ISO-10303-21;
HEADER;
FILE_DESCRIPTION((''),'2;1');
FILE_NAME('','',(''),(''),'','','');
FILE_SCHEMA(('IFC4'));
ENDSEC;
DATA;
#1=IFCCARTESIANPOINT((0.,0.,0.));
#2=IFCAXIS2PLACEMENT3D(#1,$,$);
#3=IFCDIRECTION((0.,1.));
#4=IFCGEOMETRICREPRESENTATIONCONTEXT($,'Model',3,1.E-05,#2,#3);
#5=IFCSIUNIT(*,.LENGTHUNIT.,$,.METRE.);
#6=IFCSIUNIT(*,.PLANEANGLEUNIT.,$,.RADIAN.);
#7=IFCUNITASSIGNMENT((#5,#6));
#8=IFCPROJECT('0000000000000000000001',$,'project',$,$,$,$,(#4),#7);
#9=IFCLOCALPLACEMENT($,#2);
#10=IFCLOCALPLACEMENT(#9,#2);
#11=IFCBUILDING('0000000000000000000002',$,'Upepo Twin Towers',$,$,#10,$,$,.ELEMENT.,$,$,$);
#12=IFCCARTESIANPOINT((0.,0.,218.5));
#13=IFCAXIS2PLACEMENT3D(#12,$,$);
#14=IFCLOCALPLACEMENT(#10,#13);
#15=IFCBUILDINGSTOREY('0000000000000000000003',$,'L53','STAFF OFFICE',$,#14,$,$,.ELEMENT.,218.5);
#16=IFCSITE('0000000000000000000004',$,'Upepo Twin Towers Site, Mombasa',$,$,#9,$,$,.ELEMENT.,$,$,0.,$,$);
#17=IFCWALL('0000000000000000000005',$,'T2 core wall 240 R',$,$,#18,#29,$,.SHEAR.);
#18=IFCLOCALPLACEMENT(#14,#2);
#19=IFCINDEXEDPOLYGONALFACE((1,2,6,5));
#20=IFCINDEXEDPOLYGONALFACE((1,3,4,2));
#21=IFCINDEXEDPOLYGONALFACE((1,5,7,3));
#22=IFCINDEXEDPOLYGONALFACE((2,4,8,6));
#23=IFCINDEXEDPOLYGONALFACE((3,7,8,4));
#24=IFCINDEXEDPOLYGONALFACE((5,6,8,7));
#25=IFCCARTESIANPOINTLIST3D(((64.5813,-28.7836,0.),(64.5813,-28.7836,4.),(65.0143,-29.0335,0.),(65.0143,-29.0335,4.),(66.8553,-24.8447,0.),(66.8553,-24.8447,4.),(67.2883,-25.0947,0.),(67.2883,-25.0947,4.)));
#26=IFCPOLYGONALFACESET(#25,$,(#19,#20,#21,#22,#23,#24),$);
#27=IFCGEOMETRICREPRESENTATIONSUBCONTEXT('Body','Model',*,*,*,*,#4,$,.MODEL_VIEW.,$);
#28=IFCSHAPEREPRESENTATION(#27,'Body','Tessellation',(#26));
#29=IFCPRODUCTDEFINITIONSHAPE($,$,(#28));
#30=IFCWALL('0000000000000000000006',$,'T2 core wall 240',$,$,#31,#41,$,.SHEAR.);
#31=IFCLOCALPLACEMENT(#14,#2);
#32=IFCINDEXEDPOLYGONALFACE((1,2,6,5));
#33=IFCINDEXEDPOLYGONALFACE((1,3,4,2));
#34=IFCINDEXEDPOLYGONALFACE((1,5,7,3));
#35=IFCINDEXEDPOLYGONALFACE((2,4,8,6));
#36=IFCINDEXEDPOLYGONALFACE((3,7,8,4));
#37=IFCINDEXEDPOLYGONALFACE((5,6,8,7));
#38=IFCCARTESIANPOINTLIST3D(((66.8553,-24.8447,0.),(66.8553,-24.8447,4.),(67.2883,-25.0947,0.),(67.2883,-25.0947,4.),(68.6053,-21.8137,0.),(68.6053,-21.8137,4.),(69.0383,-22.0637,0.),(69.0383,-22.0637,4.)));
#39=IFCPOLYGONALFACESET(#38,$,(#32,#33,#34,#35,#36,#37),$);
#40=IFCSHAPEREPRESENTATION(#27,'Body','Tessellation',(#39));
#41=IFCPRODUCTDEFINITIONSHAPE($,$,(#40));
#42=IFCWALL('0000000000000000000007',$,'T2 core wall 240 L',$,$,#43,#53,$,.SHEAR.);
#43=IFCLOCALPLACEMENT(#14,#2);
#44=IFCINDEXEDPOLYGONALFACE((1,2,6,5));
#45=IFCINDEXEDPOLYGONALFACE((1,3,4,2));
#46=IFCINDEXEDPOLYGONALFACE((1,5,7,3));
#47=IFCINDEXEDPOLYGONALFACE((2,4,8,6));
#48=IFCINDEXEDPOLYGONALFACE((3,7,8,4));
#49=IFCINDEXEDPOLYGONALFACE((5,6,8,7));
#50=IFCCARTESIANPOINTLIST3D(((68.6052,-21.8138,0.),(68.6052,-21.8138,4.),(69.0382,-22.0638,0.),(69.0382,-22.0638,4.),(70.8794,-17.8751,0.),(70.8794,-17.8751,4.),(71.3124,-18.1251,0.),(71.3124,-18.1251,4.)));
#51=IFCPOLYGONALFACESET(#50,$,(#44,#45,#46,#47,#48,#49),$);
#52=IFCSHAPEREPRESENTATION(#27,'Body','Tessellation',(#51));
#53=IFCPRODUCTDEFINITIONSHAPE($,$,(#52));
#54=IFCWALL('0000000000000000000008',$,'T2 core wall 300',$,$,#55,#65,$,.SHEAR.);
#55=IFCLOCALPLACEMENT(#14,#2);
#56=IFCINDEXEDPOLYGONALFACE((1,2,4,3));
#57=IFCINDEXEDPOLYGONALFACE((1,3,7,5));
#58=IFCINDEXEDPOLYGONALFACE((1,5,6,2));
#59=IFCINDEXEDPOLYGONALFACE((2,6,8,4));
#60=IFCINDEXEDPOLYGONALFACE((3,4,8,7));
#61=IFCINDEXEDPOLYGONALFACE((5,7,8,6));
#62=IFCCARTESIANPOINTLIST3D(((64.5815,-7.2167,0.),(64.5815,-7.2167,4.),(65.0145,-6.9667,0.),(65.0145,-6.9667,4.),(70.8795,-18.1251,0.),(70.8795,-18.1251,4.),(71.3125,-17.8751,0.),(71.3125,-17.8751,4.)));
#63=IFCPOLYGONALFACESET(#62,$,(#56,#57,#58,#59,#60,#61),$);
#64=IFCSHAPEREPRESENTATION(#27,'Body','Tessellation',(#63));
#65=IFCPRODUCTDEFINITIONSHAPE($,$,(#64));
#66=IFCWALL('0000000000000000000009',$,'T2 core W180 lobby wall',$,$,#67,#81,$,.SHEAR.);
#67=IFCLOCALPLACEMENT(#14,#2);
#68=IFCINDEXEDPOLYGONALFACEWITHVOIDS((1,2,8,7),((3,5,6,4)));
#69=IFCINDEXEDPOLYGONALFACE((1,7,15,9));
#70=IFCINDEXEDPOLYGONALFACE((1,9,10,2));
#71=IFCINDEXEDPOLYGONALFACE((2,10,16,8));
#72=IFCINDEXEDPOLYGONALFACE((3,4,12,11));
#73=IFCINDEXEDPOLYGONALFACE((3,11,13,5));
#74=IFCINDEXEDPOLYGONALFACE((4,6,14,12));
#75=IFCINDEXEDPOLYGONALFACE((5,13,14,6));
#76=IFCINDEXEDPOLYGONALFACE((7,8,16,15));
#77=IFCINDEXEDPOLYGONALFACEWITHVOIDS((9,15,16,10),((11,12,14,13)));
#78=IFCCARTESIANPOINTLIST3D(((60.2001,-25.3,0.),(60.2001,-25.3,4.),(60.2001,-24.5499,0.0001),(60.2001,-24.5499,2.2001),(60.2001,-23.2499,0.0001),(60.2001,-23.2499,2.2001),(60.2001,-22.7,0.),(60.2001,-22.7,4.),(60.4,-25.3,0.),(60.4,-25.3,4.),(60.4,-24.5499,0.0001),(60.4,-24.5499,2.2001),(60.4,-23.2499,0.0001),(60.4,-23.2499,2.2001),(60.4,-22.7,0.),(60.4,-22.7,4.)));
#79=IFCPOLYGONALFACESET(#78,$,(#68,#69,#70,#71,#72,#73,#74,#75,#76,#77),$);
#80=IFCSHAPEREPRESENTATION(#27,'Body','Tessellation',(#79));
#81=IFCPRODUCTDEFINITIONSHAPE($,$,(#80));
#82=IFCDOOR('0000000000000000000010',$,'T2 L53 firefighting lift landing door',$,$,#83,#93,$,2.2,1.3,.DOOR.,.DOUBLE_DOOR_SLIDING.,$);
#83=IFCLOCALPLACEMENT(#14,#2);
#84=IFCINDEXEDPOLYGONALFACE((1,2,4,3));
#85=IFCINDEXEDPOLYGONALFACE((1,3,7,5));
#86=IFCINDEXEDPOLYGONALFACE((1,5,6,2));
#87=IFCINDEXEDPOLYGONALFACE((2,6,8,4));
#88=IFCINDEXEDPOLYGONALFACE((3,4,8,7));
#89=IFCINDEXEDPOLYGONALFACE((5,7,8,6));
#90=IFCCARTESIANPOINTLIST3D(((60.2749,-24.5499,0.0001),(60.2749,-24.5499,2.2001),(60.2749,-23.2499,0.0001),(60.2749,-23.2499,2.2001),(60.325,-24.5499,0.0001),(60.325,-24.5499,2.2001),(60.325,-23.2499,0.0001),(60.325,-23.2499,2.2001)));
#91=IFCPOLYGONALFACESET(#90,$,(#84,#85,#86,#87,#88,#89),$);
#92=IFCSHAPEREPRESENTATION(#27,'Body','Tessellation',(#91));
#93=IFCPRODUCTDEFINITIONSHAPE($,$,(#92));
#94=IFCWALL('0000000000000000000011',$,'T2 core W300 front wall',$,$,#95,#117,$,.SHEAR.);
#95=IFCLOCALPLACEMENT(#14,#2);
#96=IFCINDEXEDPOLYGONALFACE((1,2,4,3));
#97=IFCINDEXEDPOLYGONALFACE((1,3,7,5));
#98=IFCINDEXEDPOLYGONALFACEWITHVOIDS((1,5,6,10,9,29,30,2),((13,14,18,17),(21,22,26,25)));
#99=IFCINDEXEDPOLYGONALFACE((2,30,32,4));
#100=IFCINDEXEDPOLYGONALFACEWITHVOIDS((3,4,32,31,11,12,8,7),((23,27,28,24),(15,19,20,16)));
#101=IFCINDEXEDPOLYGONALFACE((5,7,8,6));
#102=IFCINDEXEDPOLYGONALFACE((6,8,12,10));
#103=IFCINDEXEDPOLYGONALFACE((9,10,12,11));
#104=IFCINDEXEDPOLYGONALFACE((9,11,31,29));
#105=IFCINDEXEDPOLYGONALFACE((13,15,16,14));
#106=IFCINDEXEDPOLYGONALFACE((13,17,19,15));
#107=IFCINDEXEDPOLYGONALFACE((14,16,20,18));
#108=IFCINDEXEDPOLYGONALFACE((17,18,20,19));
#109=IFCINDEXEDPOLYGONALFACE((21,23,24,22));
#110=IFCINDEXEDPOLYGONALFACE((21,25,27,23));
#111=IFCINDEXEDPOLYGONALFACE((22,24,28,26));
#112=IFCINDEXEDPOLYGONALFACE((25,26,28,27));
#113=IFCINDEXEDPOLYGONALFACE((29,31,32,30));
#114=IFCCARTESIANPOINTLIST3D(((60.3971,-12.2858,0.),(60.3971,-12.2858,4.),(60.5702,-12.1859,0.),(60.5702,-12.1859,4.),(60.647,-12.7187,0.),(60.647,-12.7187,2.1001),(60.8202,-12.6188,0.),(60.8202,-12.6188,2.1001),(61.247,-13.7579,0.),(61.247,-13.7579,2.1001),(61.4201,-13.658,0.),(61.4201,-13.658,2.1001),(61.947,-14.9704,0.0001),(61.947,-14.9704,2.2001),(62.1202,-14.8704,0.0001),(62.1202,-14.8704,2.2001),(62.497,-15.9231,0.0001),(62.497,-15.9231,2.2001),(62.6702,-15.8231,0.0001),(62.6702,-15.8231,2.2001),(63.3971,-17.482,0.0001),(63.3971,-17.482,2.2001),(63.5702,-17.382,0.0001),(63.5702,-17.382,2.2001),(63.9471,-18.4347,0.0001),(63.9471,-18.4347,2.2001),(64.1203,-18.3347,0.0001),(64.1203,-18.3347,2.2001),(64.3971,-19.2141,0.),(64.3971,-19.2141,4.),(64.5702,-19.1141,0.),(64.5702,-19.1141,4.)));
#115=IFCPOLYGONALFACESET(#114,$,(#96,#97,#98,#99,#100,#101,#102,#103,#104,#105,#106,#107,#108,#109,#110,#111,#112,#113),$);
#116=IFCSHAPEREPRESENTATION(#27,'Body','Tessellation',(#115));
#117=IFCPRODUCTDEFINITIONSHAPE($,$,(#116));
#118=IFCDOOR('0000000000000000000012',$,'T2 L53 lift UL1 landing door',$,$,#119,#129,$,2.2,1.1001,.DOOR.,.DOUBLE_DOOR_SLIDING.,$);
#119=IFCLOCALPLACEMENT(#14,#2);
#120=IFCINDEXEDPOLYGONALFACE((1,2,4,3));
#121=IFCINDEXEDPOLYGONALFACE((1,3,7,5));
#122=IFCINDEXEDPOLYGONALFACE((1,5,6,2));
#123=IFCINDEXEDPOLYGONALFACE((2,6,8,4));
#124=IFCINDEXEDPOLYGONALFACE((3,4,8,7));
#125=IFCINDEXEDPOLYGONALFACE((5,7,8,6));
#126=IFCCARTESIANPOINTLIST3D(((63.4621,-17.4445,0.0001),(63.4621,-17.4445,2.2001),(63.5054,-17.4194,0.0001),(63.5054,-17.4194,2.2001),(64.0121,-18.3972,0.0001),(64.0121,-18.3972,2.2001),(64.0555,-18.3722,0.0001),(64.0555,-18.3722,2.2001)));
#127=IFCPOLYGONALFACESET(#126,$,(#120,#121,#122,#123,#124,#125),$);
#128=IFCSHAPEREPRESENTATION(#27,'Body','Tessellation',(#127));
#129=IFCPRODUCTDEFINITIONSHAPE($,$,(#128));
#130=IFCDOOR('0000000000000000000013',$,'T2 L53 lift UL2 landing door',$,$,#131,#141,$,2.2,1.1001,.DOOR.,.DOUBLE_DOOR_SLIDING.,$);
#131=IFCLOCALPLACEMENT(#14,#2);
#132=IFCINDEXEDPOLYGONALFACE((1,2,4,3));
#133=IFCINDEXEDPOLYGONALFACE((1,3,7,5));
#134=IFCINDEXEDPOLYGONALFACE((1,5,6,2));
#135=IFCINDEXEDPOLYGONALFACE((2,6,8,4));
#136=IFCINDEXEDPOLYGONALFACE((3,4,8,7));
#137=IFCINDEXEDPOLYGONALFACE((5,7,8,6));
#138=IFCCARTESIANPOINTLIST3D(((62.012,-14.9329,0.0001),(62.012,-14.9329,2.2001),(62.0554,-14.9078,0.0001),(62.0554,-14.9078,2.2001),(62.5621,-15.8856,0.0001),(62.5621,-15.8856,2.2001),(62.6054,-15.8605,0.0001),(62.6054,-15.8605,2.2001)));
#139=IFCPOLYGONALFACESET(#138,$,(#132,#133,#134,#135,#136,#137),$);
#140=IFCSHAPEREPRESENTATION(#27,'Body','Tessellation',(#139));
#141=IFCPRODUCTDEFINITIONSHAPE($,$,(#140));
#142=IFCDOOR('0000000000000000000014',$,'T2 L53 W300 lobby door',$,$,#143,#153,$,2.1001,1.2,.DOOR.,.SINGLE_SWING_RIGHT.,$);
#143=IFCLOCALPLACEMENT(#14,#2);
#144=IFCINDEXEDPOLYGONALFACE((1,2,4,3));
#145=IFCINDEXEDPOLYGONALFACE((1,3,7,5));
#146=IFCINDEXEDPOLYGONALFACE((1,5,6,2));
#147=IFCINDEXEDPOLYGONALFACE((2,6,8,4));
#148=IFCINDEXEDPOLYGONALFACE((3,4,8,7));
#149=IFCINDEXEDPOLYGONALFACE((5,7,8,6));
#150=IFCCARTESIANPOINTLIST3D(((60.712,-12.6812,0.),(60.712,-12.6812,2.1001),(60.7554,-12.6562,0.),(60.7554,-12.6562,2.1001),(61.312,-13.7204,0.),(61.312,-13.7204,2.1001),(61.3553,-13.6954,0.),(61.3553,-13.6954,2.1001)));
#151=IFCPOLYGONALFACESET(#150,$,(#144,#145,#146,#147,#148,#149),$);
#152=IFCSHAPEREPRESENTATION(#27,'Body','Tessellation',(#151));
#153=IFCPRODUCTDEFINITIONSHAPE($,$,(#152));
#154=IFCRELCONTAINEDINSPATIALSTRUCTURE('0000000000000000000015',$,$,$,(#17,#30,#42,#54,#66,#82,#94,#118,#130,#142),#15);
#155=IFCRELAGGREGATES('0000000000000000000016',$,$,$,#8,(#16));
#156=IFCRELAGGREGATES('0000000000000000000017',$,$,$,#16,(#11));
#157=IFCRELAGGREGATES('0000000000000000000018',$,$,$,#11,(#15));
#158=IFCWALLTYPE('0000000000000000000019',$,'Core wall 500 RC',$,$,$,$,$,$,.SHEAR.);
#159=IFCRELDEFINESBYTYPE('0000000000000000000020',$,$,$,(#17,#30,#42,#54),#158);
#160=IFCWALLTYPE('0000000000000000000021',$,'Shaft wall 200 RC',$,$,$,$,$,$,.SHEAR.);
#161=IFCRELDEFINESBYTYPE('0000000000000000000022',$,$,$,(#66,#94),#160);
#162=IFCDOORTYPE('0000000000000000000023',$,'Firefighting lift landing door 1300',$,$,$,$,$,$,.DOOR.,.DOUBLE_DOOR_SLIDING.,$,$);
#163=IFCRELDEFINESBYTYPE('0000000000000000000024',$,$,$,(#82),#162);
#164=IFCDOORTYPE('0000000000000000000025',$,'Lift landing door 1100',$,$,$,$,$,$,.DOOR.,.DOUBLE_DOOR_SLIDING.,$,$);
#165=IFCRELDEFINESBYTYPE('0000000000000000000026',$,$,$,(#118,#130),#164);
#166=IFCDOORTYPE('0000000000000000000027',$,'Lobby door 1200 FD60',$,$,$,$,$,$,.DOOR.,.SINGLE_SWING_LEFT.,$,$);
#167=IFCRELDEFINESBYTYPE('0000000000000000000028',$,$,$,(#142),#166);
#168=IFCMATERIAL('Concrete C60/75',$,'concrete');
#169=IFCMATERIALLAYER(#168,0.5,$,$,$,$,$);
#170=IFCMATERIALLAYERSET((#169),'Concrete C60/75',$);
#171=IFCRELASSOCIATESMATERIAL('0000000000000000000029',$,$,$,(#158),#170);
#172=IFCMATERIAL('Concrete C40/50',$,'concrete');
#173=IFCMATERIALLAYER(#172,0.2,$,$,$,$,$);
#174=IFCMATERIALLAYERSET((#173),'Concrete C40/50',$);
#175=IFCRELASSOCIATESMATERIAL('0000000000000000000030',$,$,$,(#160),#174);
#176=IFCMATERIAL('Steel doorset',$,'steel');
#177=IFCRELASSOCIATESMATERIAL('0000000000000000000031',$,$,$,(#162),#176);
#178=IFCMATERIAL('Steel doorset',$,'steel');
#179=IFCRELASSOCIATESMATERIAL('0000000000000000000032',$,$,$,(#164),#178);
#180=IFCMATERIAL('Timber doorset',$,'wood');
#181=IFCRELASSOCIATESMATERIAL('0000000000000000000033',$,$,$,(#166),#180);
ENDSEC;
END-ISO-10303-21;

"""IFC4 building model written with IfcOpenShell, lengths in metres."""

from ifc_helpers import new_model, si_unit, direction, frame, frame_2d, origin, place, context, subcontext, project, spatial, rectangle, extrude, material, layer, layer_set, type_object, element, fill, save


model = new_model("IFC4")

# Units and contexts
model_context = context("Model", 3, precision=1e-05, world=origin(), true_north=direction((0.0, 1.0)))
body_context = subcontext(model_context, "Body", "Model", "MODEL_VIEW")
ifc_project = project(units=[si_unit("LENGTHUNIT", "METRE"), si_unit("PLANEANGLEUNIT", "RADIAN")], contexts=[model_context])

# Site, building, storey
site_placement = place(None, origin())
site = spatial("IfcSite", under=ifc_project, at=site_placement, Name="Upepo Twin Towers Site, Mombasa", CompositionType="ELEMENT", RefElevation=0.0)
building_placement = place(site_placement, origin())
building = spatial("IfcBuilding", under=site, at=building_placement, Name="Upepo Twin Towers", CompositionType="ELEMENT")
storey_placement = place(building_placement, frame((0.0, 0.0, 218.5)))
storey = spatial("IfcBuildingStorey", under=building, at=storey_placement, Name="L53", Description="STAFF OFFICE", CompositionType="ELEMENT", Elevation=218.5)

# Walls
ifc_material_1 = material(Name="Concrete C60/75", Category="concrete")
ifc_layer_1 = layer(ifc_material_1, 0.5)
ifc_layer_set_1 = layer_set([ifc_layer_1], Name="Concrete C60/75")
wall_type_1 = type_object("IfcWallType", Name="Core wall 500 RC", PredefinedType="SHEAR", material=ifc_layer_set_1)
wall_1_placement = place(storey_placement, frame((64.7979, -28.9084, 0.0), z_axis=(0.0, 0.0, 1.0), x_axis=(0.499984, 0.866035, 0.0)))
element("IfcWall", 1, at=wall_1_placement, inside=storey, type_object=wall_type_1, Name="T2 core wall 240 R", PredefinedType="SHEAR", context=body_context, shape_type="SweptSolid", body=[
    extrude(rectangle(XDim=4.5481, YDim=0.5, at=frame_2d((2.2739, 0.0))), origin(), (0.0, 0.0, 1.0), 4.0),
])
wall_2_placement = place(storey_placement, frame((67.0718, -24.9697, 0.0), z_axis=(0.0, 0.0, 1.0), x_axis=(0.50001, 0.866019, 0.0)))
element("IfcWall", 2, at=wall_2_placement, inside=storey, type_object=wall_type_1, Name="T2 core wall 240", PredefinedType="SHEAR", context=body_context, shape_type="SweptSolid", body=[
    extrude(rectangle(XDim=3.5, YDim=0.5, at=frame_2d((1.75, 0.0))), origin(), (0.0, 0.0, 1.0), 4.0),
])
wall_3_placement = place(storey_placement, frame((68.8218, -21.9387, 0.0), z_axis=(0.0, 0.0, 1.0), x_axis=(0.500024, 0.866011, 0.0)))
element("IfcWall", 3, at=wall_3_placement, inside=storey, type_object=wall_type_1, Name="T2 core wall 240 L", PredefinedType="SHEAR", context=body_context, shape_type="SweptSolid", body=[
    extrude(rectangle(XDim=4.5481, YDim=0.5, at=frame_2d((2.2739, 0.0))), origin(), (0.0, 0.0, 1.0), 4.0),
])
wall_4_placement = place(storey_placement, frame((71.0959, -18.0, 0.0), z_axis=(0.0, 0.0, 1.0), x_axis=(-0.500006, 0.866022, 0.0)))
element("IfcWall", 4, at=wall_4_placement, inside=storey, type_object=wall_type_1, Name="T2 core wall 300", PredefinedType="SHEAR", context=body_context, shape_type="SweptSolid", body=[
    extrude(rectangle(XDim=12.5959, YDim=0.5, at=frame_2d((6.2979, 0.0))), origin(), (0.0, 0.0, 1.0), 4.0),
])

# Wall, opening, door
ifc_material_2 = material(Name="Concrete C40/50", Category="concrete")
ifc_layer_2 = layer(ifc_material_2, 0.2)
ifc_layer_set_2 = layer_set([ifc_layer_2], Name="Concrete C40/50")
wall_type_2 = type_object("IfcWallType", Name="Shaft wall 200 RC", PredefinedType="SHEAR", material=ifc_layer_set_2)
wall_5_placement = place(storey_placement, frame((60.3, -22.7, 0.0), z_axis=(0.0, 0.0, 1.0), x_axis=(0.0, -1.0, 0.0)))
wall_5 = element("IfcWall", 5, at=wall_5_placement, inside=storey, type_object=wall_type_2, Name="T2 core W180 lobby wall", PredefinedType="SHEAR", context=body_context, shape_type="SweptSolid", body=[
    extrude(rectangle(XDim=2.6001, YDim=0.2, at=frame_2d((1.3, 0.0))), origin(), (0.0, 0.0, 1.0), 4.0),
])
opening_1_placement = place(wall_5_placement, frame((0.55, 0.0, 0.0)))
opening_1 = element("IfcOpeningElement", 6, at=opening_1_placement, cuts=wall_5, PredefinedType="OPENING", context=body_context, shape_type="SweptSolid", body=[
    extrude(rectangle(XDim=1.3, YDim=2.2, at=frame_2d((0.6499, 1.1001))), frame((0.0, 0.1099, 0.0), z_axis=(0.0, -1.0, 0.0), x_axis=(1.0, 0.0, 0.0)), (0.0, 0.0, 1.0), 0.22),
])
ifc_material_3 = material(Name="Steel doorset", Category="steel")
door_type_1 = type_object("IfcDoorType", Name="Firefighting lift landing door 1300", OperationType="DOUBLE_DOOR_SLIDING", PredefinedType="DOOR", material=ifc_material_3)
door_1_placement = place(opening_1_placement, origin())
door_1 = element("IfcDoor", 7, at=door_1_placement, inside=storey, type_object=door_type_1, Name="T2 L53 firefighting lift landing door", OperationType="DOUBLE_DOOR_SLIDING", OverallHeight=2.2, OverallWidth=1.3, PredefinedType="DOOR", context=body_context, shape_type="SweptSolid", body=[
    extrude(rectangle(XDim=1.3, YDim=2.2, at=frame_2d((0.6499, 1.1001))), frame((0.0, 0.0249, 0.0), z_axis=(0.0, -1.0, 0.0), x_axis=(1.0, 0.0, 0.0)), (0.0, 0.0, 1.0), 0.05),
])
fill(opening_1, door_1)

# Wall, openings, doors
wall_6_placement = place(storey_placement, frame((64.4836, -19.1641, 0.0), z_axis=(0.0, 0.0, 1.0), x_axis=(-0.499999, 0.866026, 0.0)))
wall_6 = element("IfcWall", 8, at=wall_6_placement, inside=storey, type_object=wall_type_2, Name="T2 core W300 front wall", PredefinedType="SHEAR", context=body_context, shape_type="SweptSolid", body=[
    extrude(rectangle(XDim=8.0, YDim=0.2, at=frame_2d((4.0, 0.0))), origin(), (0.0, 0.0, 1.0), 4.0),
])
opening_2_placement = place(wall_6_placement, frame((6.3, 0.0, 0.0)))
opening_2 = element("IfcOpeningElement", 9, at=opening_2_placement, cuts=wall_6, PredefinedType="OPENING", context=body_context, shape_type="SweptSolid", body=[
    extrude(rectangle(XDim=1.2, YDim=2.1001, at=frame_2d((0.6001, 1.05))), frame((0.0, 0.1099, 0.0), z_axis=(0.0, -1.0, 0.0), x_axis=(1.0, 0.0, 0.0)), (0.0, 0.0, 1.0), 0.22),
])
opening_3_placement = place(wall_6_placement, frame((0.8999, 0.0, 0.0)))
opening_3 = element("IfcOpeningElement", 10, at=opening_3_placement, cuts=wall_6, PredefinedType="OPENING", context=body_context, shape_type="SweptSolid", body=[
    extrude(rectangle(XDim=1.1001, YDim=2.2, at=frame_2d((0.55, 1.1001))), frame((0.0, 0.1099, 0.0), z_axis=(0.0, -1.0, 0.0), x_axis=(1.0, 0.0, 0.0)), (0.0, 0.0, 1.0), 0.22),
])
opening_4_placement = place(wall_6_placement, frame((3.8, 0.0, 0.0)))
opening_4 = element("IfcOpeningElement", 11, at=opening_4_placement, cuts=wall_6, PredefinedType="OPENING", context=body_context, shape_type="SweptSolid", body=[
    extrude(rectangle(XDim=1.1001, YDim=2.2, at=frame_2d((0.55, 1.1001))), frame((0.0, 0.1099, 0.0), z_axis=(0.0, -1.0, 0.0), x_axis=(1.0, 0.0, 0.0)), (0.0, 0.0, 1.0), 0.22),
])
ifc_material_4 = material(Name="Steel doorset", Category="steel")
door_type_2 = type_object("IfcDoorType", Name="Lift landing door 1100", OperationType="DOUBLE_DOOR_SLIDING", PredefinedType="DOOR", material=ifc_material_4)
door_2_placement = place(opening_3_placement, origin())
door_2 = element("IfcDoor", 12, at=door_2_placement, inside=storey, type_object=door_type_2, Name="T2 L53 lift UL1 landing door", OperationType="DOUBLE_DOOR_SLIDING", OverallHeight=2.2, OverallWidth=1.1001, PredefinedType="DOOR", context=body_context, shape_type="SweptSolid", body=[
    extrude(rectangle(XDim=1.1001, YDim=2.2, at=frame_2d((0.55, 1.1001))), frame((0.0, 0.0249, 0.0), z_axis=(0.0, -1.0, 0.0), x_axis=(1.0, 0.0, 0.0)), (0.0, 0.0, 1.0), 0.05),
])
fill(opening_3, door_2)
door_3_placement = place(opening_4_placement, origin())
door_3 = element("IfcDoor", 13, at=door_3_placement, inside=storey, type_object=door_type_2, Name="T2 L53 lift UL2 landing door", OperationType="DOUBLE_DOOR_SLIDING", OverallHeight=2.2, OverallWidth=1.1001, PredefinedType="DOOR", context=body_context, shape_type="SweptSolid", body=[
    extrude(rectangle(XDim=1.1001, YDim=2.2, at=frame_2d((0.55, 1.1001))), frame((0.0, 0.0249, 0.0), z_axis=(0.0, -1.0, 0.0), x_axis=(1.0, 0.0, 0.0)), (0.0, 0.0, 1.0), 0.05),
])
fill(opening_4, door_3)
ifc_material_5 = material(Name="Timber doorset", Category="wood")
door_type_3 = type_object("IfcDoorType", Name="Lobby door 1200 FD60", OperationType="SINGLE_SWING_LEFT", PredefinedType="DOOR", material=ifc_material_5)
door_4_placement = place(opening_2_placement, origin())
door_4 = element("IfcDoor", 14, at=door_4_placement, inside=storey, type_object=door_type_3, Name="T2 L53 W300 lobby door", OperationType="SINGLE_SWING_RIGHT", OverallHeight=2.1001, OverallWidth=1.2, PredefinedType="DOOR", context=body_context, shape_type="SweptSolid", body=[
    extrude(rectangle(XDim=1.2, YDim=2.1001, at=frame_2d((0.6001, 1.05))), frame((0.0, 0.0249, 0.0), z_axis=(0.0, -1.0, 0.0), x_axis=(1.0, 0.0, 0.0)), (0.0, 0.0, 1.0), 0.05),
])
fill(opening_2, door_4)

save(model, "model.ifc")
